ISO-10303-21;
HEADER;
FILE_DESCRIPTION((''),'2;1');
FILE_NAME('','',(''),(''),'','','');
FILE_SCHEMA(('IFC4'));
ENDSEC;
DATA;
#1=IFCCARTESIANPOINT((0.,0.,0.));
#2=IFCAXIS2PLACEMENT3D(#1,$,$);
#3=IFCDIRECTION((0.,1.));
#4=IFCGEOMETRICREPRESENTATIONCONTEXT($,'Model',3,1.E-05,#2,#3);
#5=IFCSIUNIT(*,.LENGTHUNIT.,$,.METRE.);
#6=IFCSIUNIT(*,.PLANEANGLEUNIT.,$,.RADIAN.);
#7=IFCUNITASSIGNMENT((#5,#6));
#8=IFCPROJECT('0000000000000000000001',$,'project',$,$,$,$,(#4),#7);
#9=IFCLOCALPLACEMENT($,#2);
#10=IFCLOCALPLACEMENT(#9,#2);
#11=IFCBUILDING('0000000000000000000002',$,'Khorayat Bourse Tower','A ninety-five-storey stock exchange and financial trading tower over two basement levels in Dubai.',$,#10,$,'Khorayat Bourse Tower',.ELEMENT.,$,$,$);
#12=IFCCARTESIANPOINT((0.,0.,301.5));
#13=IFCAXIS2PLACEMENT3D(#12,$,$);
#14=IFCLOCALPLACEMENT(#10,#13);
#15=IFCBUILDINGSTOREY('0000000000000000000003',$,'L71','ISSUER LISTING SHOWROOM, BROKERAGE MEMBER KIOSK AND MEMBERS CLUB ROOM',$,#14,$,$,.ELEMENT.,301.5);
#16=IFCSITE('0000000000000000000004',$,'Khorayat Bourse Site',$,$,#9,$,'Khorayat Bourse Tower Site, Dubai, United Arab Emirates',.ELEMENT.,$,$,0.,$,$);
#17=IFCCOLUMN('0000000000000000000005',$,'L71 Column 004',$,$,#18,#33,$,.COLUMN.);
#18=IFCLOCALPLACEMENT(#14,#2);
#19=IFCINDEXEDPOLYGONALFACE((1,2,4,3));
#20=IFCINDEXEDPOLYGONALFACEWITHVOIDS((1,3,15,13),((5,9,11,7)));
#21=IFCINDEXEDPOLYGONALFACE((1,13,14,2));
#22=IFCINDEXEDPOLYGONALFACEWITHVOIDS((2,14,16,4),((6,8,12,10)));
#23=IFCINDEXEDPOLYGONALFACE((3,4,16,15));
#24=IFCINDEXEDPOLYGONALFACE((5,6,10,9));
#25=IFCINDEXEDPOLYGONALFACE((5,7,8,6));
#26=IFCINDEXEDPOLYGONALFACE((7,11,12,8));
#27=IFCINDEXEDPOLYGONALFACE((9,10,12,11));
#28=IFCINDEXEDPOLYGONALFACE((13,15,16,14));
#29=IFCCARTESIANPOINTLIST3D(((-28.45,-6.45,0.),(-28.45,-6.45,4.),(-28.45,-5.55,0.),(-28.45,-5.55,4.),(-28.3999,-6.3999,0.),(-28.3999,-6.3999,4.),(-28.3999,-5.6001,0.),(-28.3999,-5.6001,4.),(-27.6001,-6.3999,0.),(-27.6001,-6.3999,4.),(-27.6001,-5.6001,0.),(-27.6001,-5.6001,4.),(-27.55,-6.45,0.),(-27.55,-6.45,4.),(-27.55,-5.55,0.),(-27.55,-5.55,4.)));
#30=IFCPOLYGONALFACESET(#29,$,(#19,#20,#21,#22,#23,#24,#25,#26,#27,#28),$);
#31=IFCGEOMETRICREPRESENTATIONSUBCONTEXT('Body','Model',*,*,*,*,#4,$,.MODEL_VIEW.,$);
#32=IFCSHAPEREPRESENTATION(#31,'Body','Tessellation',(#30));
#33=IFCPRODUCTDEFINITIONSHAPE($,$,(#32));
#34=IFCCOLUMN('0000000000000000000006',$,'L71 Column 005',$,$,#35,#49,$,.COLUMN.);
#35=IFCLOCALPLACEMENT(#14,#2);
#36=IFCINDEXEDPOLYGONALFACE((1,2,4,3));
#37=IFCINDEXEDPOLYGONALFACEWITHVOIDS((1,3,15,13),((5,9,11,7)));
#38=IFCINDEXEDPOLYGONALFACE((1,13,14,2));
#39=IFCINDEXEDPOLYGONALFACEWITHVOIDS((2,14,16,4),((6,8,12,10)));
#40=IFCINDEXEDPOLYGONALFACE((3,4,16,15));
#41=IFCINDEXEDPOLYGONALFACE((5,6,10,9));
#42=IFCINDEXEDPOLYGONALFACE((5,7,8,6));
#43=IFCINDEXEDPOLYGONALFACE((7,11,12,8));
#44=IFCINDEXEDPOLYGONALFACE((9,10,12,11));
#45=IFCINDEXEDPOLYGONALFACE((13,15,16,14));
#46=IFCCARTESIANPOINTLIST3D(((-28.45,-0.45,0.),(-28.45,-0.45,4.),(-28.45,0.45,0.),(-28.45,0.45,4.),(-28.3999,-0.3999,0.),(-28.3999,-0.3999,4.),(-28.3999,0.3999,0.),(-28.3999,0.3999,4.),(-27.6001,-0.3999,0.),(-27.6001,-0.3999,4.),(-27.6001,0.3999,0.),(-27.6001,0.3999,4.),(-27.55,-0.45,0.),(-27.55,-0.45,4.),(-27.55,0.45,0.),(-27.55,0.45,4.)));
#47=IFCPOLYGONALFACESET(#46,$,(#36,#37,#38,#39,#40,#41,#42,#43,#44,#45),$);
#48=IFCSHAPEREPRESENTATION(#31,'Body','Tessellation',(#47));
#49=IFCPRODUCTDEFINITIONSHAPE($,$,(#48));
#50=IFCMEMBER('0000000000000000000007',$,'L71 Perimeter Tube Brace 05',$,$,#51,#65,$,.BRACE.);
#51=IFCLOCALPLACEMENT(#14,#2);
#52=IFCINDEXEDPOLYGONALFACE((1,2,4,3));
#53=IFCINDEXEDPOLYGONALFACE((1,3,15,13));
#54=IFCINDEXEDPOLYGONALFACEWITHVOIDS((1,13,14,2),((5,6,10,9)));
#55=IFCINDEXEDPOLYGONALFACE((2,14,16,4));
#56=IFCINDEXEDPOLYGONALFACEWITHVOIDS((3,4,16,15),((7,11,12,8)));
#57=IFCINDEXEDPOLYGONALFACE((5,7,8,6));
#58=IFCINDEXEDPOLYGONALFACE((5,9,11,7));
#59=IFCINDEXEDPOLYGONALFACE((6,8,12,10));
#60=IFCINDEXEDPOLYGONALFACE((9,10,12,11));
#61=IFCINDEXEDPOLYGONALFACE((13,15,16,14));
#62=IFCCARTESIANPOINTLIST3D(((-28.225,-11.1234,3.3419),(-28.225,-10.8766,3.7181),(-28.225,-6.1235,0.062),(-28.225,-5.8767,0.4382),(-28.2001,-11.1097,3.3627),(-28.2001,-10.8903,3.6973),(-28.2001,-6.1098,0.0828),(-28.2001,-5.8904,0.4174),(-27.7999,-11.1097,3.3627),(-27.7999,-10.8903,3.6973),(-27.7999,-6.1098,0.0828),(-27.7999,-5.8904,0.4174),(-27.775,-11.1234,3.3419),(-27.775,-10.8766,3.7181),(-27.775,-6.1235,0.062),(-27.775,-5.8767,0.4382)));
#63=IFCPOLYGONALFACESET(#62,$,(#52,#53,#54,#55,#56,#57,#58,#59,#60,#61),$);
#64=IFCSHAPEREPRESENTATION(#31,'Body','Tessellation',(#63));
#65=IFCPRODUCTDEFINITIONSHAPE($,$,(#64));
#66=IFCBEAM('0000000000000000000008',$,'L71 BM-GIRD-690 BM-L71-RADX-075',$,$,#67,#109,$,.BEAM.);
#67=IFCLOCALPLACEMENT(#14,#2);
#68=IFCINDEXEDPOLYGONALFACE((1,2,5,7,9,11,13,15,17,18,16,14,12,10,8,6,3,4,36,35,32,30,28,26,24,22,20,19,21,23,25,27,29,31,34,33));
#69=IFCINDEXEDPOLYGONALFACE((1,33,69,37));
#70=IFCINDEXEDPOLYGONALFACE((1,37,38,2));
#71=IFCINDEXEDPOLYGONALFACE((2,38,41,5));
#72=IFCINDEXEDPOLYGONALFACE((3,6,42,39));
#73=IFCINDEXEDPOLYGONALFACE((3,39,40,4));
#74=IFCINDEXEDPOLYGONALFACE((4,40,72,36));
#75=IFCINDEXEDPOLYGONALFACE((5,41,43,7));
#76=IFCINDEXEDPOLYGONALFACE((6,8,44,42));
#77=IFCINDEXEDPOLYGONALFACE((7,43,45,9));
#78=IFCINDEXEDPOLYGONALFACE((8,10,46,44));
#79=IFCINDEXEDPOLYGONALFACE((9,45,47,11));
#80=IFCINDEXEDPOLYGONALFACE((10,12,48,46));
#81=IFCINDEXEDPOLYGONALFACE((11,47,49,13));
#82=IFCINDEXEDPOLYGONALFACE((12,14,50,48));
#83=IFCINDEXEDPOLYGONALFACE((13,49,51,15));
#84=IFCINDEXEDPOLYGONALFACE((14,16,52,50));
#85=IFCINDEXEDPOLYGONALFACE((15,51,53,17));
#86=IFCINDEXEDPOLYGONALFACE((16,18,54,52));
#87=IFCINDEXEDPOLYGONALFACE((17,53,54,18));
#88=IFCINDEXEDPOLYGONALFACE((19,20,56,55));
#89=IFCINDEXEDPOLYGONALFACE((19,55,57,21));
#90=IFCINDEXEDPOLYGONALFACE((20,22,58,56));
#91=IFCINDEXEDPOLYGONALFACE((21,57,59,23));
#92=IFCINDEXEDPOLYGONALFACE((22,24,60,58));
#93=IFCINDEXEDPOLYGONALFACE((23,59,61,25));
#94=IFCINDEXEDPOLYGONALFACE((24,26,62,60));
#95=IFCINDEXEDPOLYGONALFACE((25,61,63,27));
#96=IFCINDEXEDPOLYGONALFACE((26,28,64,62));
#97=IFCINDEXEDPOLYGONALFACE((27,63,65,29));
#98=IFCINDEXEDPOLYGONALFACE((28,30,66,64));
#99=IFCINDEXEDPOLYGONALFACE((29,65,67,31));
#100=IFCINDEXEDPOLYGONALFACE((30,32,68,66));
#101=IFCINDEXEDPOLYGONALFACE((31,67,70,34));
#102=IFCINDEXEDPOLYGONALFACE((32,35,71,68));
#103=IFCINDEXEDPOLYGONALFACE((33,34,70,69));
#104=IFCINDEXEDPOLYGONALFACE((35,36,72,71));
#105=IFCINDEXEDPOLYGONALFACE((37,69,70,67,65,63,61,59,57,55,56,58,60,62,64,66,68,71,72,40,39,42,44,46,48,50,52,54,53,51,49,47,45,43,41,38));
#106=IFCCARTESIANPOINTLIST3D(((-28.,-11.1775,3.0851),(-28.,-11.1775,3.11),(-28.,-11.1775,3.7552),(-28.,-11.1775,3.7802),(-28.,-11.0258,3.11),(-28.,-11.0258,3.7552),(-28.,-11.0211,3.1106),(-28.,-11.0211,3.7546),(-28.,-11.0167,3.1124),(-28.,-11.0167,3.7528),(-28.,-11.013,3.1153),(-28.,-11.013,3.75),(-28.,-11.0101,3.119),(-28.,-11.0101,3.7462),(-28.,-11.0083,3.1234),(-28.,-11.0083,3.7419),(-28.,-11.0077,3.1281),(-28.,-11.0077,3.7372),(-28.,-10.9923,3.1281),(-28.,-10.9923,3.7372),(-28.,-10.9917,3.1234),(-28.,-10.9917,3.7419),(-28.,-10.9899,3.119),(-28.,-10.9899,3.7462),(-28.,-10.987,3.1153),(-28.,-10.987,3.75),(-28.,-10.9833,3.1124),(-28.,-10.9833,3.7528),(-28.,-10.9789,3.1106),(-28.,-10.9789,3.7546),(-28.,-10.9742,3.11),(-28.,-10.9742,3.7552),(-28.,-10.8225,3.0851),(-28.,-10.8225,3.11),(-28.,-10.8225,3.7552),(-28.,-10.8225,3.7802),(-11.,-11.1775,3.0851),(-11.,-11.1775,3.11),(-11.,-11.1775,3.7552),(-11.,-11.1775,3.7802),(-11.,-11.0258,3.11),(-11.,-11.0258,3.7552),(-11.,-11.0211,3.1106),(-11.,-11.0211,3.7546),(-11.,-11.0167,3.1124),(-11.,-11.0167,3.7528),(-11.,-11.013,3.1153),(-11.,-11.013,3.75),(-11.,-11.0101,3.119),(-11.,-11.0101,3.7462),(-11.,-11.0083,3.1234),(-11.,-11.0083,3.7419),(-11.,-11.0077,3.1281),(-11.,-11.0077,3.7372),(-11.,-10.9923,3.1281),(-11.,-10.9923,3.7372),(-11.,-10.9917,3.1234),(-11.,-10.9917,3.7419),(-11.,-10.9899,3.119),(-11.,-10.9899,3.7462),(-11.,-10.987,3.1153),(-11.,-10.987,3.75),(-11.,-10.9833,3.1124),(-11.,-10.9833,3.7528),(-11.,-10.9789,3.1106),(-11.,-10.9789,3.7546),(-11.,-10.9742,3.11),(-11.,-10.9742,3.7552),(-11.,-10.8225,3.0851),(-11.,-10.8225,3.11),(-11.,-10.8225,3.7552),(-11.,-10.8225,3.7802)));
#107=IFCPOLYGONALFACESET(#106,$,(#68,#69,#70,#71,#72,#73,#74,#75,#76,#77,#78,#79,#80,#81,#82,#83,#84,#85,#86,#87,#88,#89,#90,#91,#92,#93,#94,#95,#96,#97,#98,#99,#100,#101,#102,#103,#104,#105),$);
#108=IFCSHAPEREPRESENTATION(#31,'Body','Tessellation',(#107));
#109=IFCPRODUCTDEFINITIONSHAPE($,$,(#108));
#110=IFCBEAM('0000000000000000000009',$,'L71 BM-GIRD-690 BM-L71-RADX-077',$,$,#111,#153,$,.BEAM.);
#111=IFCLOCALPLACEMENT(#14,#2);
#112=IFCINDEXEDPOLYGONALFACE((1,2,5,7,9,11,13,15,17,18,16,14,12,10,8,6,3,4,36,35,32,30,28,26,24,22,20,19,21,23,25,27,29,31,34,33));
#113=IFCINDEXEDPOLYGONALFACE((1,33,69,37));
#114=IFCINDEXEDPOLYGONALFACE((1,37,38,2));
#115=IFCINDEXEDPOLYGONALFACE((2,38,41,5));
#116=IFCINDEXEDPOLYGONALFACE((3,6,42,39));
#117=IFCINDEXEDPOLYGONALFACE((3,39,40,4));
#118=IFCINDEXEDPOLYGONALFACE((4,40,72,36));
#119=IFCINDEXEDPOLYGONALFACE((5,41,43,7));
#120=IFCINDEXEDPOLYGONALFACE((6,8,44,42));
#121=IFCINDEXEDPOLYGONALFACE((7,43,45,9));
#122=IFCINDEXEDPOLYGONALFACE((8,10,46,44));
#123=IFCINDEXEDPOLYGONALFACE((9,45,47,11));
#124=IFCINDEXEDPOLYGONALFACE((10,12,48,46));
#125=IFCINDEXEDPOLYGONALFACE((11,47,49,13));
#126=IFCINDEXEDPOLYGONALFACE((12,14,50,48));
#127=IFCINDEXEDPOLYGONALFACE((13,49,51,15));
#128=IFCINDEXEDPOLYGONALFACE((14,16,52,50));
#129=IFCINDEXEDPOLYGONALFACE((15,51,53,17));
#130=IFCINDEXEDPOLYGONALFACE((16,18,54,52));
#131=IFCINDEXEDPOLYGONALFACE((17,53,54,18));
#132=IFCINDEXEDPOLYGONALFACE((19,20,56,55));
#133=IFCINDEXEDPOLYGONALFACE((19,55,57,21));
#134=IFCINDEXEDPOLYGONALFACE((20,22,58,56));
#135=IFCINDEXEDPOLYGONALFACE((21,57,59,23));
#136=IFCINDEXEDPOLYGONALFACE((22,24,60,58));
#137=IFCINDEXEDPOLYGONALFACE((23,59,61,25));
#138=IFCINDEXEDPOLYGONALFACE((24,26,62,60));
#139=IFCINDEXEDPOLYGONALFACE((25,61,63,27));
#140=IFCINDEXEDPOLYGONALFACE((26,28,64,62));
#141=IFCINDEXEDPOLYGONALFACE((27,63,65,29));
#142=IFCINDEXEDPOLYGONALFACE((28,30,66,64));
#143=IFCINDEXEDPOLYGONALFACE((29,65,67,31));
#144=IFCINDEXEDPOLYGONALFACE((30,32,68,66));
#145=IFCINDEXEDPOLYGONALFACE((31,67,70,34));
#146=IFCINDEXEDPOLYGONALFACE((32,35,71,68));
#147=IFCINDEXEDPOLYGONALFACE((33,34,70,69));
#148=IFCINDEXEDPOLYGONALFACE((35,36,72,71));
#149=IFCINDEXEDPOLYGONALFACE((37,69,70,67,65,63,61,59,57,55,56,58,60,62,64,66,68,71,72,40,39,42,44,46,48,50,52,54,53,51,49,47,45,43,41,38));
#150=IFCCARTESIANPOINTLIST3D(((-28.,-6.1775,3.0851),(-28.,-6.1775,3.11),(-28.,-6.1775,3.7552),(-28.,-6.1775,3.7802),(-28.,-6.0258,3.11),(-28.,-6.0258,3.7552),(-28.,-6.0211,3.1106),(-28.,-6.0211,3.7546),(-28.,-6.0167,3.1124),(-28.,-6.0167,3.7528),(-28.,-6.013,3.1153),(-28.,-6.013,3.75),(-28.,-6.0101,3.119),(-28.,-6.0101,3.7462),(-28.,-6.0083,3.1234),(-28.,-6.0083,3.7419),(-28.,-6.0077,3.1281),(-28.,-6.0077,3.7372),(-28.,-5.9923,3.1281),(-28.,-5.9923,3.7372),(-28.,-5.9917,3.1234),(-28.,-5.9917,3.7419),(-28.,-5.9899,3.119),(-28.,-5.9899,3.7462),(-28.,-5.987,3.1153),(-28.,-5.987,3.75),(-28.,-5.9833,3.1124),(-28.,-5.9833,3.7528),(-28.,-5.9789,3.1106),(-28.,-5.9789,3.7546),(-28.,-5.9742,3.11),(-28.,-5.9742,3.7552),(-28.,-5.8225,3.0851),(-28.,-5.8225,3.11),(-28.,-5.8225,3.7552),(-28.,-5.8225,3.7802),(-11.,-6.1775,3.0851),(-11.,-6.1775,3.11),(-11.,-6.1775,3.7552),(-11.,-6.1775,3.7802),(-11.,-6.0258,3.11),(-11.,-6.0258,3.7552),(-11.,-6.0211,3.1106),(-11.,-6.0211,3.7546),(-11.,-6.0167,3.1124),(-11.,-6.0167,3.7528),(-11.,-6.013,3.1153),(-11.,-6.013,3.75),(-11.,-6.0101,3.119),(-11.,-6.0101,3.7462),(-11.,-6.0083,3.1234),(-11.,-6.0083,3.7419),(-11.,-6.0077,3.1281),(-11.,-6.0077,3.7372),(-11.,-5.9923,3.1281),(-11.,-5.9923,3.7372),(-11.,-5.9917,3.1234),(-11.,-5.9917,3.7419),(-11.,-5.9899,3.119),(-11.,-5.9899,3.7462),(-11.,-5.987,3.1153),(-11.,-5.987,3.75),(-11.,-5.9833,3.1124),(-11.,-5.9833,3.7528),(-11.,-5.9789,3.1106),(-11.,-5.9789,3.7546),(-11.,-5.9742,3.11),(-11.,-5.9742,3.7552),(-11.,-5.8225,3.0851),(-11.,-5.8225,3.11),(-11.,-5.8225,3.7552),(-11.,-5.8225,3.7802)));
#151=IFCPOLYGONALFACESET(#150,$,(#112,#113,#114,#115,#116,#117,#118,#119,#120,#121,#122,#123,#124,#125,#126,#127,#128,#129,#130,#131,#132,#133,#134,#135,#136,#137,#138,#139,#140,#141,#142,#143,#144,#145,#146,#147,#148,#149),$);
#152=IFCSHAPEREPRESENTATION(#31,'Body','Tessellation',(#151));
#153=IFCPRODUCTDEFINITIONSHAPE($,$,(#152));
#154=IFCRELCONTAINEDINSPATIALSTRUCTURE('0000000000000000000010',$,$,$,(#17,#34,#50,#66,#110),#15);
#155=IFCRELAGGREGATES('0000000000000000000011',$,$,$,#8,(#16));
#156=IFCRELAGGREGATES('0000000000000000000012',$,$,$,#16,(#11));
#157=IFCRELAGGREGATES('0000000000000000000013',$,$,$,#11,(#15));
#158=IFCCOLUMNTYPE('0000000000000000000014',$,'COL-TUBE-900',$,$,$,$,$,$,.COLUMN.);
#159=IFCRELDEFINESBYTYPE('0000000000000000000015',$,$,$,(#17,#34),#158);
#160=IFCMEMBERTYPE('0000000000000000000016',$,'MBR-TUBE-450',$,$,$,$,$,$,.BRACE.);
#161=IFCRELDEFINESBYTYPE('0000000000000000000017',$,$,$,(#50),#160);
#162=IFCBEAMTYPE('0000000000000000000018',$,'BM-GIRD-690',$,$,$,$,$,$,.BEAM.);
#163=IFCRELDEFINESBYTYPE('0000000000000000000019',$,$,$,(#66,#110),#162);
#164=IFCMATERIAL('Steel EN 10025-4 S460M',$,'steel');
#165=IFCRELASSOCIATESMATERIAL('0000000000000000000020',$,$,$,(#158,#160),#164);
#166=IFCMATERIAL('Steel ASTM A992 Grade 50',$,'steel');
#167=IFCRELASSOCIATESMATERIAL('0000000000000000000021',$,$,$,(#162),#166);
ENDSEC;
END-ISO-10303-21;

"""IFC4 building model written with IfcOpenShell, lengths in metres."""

from ifc_helpers import new_model, si_unit, direction, frame, origin, origin_2d, place, context, subcontext, project, spatial, hollow_rectangle, i_section, extrude, source, transform, mapped, material, material_profile, profile_set, type_object, element, save


model = new_model("IFC4")

# Units and contexts
model_context = context("Model", 3, precision=1e-05, world=origin(), true_north=direction((0.0, 1.0)))
body_context = subcontext(model_context, "Body", "Model", "MODEL_VIEW")
ifc_project = project(units=[si_unit("LENGTHUNIT", "METRE"), si_unit("PLANEANGLEUNIT", "RADIAN")], contexts=[model_context])

# Site, building, storey
site_placement = place(None, origin())
site = spatial("IfcSite", under=ifc_project, at=site_placement, Name="Khorayat Bourse Site", LongName="Khorayat Bourse Tower Site, Dubai, United Arab Emirates", CompositionType="ELEMENT", RefElevation=0.0)
building_placement = place(site_placement, origin())
building = spatial("IfcBuilding", under=site, at=building_placement, Name="Khorayat Bourse Tower", Description="A ninety-five-storey stock exchange and financial trading tower over two basement levels in Dubai.", LongName="Khorayat Bourse Tower", CompositionType="ELEMENT")
storey_placement = place(building_placement, frame((0.0, 0.0, 301.5)))
storey = spatial("IfcBuildingStorey", under=building, at=storey_placement, Name="L71", Description="ISSUER LISTING SHOWROOM, BROKERAGE MEMBER KIOSK AND MEMBERS CLUB ROOM", CompositionType="ELEMENT", Elevation=301.5)

# Columns
ifc_material_1 = material(Name="Steel EN 10025-4 S460M", Category="steel")
ifc_material_profile_1 = material_profile(ifc_material_1, hollow_rectangle(XDim=0.8999, YDim=0.8999, WallThickness=0.05, at=origin_2d()), Name="BOX 900x900x50")
ifc_profile_set_1 = profile_set([ifc_material_profile_1], Name="Steel EN 10025-4 S460M")
column_type = type_object("IfcColumnType", Name="COL-TUBE-900", PredefinedType="COLUMN", material=ifc_profile_set_1)
shared_shape_1 = source(origin(), body_context, "Body", "SweptSolid", [
    extrude(hollow_rectangle(XDim=0.8999, YDim=0.8999, WallThickness=0.05, at=origin_2d()), origin(), (0.0, 0.0, 1.0), 4.0),
])
for number, where, z_axis, x_axis, name in (
    (1, (-28.0, -6.0, 0.0), (0.0, 0.0, 1.0), (1.0, 0.0, 0.0), "L71 Column 004"),
    (2, (-28.0, 0.0, 0.0), (0.0, 0.0, 1.0), (1.0, 0.0, 0.0), "L71 Column 005"),
):
    element("IfcColumn", number, at=place(storey_placement, frame(where, z_axis=z_axis, x_axis=x_axis)), inside=storey, type_object=column_type, Name=name, PredefinedType="COLUMN", context=body_context, shape_type="MappedRepresentation", body=[
        mapped(shared_shape_1, transform((0.0, 0.0, 0.0), scale=1.0)),
    ])

# Member
ifc_material_profile_2 = material_profile(ifc_material_1, hollow_rectangle(XDim=0.45, YDim=0.45, WallThickness=0.0249, at=origin_2d()), Name="HSS 450x450x25")
ifc_profile_set_2 = profile_set([ifc_material_profile_2], Name="Steel EN 10025-4 S460M")
member_type = type_object("IfcMemberType", Name="MBR-TUBE-450", PredefinedType="BRACE", material=ifc_profile_set_2)
shared_shape_2 = source(origin(), body_context, "Body", "SweptSolid", [
    extrude(hollow_rectangle(XDim=0.45, YDim=0.45, WallThickness=0.0249, at=origin_2d()), origin(), (0.0, 0.0, 1.0), 5.9797),
])
member_placement = place(storey_placement, frame((-28.0, -11.0, 3.53), z_axis=(0.0, 0.836142, -0.548514), x_axis=(-1.0, 0.0, 0.0)))
element("IfcMember", 3, at=member_placement, inside=storey, type_object=member_type, Name="L71 Perimeter Tube Brace 05", PredefinedType="BRACE", context=body_context, shape_type="MappedRepresentation", body=[
    mapped(shared_shape_2, transform((0.0, 0.0, 0.0), scale=1.0)),
])

# Beams
ifc_material_2 = material(Name="Steel ASTM A992 Grade 50", Category="steel")
ifc_material_profile_3 = material_profile(ifc_material_2, i_section(OverallWidth=0.355, OverallDepth=0.6951, WebThickness=0.0154, FlangeThickness=0.0249, FilletRadius=0.0181, at=origin_2d()), Name="W690X217")
ifc_profile_set_3 = profile_set([ifc_material_profile_3], Name="Steel ASTM A992 Grade 50")
beam_type_1 = type_object("IfcBeamType", Name="BM-GIRD-690", PredefinedType="BEAM", material=ifc_profile_set_3)
shared_shape_3 = source(origin(), body_context, "Body", "SweptSolid", [
    extrude(i_section(OverallWidth=0.355, OverallDepth=0.6951, WebThickness=0.0154, FlangeThickness=0.0249, FilletRadius=0.0181, at=origin_2d()), origin(), (0.0, 0.0, 1.0), 17.0),
])
for number, where, z_axis, x_axis, name in (
    (4, (-28.0, -11.0, 3.4326), (1.0, 0.0, 0.0), (0.0, 1.0, 0.0), "L71 BM-GIRD-690 BM-L71-RADX-075"),
    (5, (-28.0, -6.0, 3.4326), (1.0, 0.0, 0.0), (0.0, 1.0, 0.0), "L71 BM-GIRD-690 BM-L71-RADX-077"),
):
    element("IfcBeam", number, at=place(storey_placement, frame(where, z_axis=z_axis, x_axis=x_axis)), inside=storey, type_object=beam_type_1, Name=name, PredefinedType="BEAM", context=body_context, shape_type="MappedRepresentation", body=[
        mapped(shared_shape_3, transform((0.0, 0.0, 0.0), scale=1.0)),
    ])

save(model, "model.ifc")
